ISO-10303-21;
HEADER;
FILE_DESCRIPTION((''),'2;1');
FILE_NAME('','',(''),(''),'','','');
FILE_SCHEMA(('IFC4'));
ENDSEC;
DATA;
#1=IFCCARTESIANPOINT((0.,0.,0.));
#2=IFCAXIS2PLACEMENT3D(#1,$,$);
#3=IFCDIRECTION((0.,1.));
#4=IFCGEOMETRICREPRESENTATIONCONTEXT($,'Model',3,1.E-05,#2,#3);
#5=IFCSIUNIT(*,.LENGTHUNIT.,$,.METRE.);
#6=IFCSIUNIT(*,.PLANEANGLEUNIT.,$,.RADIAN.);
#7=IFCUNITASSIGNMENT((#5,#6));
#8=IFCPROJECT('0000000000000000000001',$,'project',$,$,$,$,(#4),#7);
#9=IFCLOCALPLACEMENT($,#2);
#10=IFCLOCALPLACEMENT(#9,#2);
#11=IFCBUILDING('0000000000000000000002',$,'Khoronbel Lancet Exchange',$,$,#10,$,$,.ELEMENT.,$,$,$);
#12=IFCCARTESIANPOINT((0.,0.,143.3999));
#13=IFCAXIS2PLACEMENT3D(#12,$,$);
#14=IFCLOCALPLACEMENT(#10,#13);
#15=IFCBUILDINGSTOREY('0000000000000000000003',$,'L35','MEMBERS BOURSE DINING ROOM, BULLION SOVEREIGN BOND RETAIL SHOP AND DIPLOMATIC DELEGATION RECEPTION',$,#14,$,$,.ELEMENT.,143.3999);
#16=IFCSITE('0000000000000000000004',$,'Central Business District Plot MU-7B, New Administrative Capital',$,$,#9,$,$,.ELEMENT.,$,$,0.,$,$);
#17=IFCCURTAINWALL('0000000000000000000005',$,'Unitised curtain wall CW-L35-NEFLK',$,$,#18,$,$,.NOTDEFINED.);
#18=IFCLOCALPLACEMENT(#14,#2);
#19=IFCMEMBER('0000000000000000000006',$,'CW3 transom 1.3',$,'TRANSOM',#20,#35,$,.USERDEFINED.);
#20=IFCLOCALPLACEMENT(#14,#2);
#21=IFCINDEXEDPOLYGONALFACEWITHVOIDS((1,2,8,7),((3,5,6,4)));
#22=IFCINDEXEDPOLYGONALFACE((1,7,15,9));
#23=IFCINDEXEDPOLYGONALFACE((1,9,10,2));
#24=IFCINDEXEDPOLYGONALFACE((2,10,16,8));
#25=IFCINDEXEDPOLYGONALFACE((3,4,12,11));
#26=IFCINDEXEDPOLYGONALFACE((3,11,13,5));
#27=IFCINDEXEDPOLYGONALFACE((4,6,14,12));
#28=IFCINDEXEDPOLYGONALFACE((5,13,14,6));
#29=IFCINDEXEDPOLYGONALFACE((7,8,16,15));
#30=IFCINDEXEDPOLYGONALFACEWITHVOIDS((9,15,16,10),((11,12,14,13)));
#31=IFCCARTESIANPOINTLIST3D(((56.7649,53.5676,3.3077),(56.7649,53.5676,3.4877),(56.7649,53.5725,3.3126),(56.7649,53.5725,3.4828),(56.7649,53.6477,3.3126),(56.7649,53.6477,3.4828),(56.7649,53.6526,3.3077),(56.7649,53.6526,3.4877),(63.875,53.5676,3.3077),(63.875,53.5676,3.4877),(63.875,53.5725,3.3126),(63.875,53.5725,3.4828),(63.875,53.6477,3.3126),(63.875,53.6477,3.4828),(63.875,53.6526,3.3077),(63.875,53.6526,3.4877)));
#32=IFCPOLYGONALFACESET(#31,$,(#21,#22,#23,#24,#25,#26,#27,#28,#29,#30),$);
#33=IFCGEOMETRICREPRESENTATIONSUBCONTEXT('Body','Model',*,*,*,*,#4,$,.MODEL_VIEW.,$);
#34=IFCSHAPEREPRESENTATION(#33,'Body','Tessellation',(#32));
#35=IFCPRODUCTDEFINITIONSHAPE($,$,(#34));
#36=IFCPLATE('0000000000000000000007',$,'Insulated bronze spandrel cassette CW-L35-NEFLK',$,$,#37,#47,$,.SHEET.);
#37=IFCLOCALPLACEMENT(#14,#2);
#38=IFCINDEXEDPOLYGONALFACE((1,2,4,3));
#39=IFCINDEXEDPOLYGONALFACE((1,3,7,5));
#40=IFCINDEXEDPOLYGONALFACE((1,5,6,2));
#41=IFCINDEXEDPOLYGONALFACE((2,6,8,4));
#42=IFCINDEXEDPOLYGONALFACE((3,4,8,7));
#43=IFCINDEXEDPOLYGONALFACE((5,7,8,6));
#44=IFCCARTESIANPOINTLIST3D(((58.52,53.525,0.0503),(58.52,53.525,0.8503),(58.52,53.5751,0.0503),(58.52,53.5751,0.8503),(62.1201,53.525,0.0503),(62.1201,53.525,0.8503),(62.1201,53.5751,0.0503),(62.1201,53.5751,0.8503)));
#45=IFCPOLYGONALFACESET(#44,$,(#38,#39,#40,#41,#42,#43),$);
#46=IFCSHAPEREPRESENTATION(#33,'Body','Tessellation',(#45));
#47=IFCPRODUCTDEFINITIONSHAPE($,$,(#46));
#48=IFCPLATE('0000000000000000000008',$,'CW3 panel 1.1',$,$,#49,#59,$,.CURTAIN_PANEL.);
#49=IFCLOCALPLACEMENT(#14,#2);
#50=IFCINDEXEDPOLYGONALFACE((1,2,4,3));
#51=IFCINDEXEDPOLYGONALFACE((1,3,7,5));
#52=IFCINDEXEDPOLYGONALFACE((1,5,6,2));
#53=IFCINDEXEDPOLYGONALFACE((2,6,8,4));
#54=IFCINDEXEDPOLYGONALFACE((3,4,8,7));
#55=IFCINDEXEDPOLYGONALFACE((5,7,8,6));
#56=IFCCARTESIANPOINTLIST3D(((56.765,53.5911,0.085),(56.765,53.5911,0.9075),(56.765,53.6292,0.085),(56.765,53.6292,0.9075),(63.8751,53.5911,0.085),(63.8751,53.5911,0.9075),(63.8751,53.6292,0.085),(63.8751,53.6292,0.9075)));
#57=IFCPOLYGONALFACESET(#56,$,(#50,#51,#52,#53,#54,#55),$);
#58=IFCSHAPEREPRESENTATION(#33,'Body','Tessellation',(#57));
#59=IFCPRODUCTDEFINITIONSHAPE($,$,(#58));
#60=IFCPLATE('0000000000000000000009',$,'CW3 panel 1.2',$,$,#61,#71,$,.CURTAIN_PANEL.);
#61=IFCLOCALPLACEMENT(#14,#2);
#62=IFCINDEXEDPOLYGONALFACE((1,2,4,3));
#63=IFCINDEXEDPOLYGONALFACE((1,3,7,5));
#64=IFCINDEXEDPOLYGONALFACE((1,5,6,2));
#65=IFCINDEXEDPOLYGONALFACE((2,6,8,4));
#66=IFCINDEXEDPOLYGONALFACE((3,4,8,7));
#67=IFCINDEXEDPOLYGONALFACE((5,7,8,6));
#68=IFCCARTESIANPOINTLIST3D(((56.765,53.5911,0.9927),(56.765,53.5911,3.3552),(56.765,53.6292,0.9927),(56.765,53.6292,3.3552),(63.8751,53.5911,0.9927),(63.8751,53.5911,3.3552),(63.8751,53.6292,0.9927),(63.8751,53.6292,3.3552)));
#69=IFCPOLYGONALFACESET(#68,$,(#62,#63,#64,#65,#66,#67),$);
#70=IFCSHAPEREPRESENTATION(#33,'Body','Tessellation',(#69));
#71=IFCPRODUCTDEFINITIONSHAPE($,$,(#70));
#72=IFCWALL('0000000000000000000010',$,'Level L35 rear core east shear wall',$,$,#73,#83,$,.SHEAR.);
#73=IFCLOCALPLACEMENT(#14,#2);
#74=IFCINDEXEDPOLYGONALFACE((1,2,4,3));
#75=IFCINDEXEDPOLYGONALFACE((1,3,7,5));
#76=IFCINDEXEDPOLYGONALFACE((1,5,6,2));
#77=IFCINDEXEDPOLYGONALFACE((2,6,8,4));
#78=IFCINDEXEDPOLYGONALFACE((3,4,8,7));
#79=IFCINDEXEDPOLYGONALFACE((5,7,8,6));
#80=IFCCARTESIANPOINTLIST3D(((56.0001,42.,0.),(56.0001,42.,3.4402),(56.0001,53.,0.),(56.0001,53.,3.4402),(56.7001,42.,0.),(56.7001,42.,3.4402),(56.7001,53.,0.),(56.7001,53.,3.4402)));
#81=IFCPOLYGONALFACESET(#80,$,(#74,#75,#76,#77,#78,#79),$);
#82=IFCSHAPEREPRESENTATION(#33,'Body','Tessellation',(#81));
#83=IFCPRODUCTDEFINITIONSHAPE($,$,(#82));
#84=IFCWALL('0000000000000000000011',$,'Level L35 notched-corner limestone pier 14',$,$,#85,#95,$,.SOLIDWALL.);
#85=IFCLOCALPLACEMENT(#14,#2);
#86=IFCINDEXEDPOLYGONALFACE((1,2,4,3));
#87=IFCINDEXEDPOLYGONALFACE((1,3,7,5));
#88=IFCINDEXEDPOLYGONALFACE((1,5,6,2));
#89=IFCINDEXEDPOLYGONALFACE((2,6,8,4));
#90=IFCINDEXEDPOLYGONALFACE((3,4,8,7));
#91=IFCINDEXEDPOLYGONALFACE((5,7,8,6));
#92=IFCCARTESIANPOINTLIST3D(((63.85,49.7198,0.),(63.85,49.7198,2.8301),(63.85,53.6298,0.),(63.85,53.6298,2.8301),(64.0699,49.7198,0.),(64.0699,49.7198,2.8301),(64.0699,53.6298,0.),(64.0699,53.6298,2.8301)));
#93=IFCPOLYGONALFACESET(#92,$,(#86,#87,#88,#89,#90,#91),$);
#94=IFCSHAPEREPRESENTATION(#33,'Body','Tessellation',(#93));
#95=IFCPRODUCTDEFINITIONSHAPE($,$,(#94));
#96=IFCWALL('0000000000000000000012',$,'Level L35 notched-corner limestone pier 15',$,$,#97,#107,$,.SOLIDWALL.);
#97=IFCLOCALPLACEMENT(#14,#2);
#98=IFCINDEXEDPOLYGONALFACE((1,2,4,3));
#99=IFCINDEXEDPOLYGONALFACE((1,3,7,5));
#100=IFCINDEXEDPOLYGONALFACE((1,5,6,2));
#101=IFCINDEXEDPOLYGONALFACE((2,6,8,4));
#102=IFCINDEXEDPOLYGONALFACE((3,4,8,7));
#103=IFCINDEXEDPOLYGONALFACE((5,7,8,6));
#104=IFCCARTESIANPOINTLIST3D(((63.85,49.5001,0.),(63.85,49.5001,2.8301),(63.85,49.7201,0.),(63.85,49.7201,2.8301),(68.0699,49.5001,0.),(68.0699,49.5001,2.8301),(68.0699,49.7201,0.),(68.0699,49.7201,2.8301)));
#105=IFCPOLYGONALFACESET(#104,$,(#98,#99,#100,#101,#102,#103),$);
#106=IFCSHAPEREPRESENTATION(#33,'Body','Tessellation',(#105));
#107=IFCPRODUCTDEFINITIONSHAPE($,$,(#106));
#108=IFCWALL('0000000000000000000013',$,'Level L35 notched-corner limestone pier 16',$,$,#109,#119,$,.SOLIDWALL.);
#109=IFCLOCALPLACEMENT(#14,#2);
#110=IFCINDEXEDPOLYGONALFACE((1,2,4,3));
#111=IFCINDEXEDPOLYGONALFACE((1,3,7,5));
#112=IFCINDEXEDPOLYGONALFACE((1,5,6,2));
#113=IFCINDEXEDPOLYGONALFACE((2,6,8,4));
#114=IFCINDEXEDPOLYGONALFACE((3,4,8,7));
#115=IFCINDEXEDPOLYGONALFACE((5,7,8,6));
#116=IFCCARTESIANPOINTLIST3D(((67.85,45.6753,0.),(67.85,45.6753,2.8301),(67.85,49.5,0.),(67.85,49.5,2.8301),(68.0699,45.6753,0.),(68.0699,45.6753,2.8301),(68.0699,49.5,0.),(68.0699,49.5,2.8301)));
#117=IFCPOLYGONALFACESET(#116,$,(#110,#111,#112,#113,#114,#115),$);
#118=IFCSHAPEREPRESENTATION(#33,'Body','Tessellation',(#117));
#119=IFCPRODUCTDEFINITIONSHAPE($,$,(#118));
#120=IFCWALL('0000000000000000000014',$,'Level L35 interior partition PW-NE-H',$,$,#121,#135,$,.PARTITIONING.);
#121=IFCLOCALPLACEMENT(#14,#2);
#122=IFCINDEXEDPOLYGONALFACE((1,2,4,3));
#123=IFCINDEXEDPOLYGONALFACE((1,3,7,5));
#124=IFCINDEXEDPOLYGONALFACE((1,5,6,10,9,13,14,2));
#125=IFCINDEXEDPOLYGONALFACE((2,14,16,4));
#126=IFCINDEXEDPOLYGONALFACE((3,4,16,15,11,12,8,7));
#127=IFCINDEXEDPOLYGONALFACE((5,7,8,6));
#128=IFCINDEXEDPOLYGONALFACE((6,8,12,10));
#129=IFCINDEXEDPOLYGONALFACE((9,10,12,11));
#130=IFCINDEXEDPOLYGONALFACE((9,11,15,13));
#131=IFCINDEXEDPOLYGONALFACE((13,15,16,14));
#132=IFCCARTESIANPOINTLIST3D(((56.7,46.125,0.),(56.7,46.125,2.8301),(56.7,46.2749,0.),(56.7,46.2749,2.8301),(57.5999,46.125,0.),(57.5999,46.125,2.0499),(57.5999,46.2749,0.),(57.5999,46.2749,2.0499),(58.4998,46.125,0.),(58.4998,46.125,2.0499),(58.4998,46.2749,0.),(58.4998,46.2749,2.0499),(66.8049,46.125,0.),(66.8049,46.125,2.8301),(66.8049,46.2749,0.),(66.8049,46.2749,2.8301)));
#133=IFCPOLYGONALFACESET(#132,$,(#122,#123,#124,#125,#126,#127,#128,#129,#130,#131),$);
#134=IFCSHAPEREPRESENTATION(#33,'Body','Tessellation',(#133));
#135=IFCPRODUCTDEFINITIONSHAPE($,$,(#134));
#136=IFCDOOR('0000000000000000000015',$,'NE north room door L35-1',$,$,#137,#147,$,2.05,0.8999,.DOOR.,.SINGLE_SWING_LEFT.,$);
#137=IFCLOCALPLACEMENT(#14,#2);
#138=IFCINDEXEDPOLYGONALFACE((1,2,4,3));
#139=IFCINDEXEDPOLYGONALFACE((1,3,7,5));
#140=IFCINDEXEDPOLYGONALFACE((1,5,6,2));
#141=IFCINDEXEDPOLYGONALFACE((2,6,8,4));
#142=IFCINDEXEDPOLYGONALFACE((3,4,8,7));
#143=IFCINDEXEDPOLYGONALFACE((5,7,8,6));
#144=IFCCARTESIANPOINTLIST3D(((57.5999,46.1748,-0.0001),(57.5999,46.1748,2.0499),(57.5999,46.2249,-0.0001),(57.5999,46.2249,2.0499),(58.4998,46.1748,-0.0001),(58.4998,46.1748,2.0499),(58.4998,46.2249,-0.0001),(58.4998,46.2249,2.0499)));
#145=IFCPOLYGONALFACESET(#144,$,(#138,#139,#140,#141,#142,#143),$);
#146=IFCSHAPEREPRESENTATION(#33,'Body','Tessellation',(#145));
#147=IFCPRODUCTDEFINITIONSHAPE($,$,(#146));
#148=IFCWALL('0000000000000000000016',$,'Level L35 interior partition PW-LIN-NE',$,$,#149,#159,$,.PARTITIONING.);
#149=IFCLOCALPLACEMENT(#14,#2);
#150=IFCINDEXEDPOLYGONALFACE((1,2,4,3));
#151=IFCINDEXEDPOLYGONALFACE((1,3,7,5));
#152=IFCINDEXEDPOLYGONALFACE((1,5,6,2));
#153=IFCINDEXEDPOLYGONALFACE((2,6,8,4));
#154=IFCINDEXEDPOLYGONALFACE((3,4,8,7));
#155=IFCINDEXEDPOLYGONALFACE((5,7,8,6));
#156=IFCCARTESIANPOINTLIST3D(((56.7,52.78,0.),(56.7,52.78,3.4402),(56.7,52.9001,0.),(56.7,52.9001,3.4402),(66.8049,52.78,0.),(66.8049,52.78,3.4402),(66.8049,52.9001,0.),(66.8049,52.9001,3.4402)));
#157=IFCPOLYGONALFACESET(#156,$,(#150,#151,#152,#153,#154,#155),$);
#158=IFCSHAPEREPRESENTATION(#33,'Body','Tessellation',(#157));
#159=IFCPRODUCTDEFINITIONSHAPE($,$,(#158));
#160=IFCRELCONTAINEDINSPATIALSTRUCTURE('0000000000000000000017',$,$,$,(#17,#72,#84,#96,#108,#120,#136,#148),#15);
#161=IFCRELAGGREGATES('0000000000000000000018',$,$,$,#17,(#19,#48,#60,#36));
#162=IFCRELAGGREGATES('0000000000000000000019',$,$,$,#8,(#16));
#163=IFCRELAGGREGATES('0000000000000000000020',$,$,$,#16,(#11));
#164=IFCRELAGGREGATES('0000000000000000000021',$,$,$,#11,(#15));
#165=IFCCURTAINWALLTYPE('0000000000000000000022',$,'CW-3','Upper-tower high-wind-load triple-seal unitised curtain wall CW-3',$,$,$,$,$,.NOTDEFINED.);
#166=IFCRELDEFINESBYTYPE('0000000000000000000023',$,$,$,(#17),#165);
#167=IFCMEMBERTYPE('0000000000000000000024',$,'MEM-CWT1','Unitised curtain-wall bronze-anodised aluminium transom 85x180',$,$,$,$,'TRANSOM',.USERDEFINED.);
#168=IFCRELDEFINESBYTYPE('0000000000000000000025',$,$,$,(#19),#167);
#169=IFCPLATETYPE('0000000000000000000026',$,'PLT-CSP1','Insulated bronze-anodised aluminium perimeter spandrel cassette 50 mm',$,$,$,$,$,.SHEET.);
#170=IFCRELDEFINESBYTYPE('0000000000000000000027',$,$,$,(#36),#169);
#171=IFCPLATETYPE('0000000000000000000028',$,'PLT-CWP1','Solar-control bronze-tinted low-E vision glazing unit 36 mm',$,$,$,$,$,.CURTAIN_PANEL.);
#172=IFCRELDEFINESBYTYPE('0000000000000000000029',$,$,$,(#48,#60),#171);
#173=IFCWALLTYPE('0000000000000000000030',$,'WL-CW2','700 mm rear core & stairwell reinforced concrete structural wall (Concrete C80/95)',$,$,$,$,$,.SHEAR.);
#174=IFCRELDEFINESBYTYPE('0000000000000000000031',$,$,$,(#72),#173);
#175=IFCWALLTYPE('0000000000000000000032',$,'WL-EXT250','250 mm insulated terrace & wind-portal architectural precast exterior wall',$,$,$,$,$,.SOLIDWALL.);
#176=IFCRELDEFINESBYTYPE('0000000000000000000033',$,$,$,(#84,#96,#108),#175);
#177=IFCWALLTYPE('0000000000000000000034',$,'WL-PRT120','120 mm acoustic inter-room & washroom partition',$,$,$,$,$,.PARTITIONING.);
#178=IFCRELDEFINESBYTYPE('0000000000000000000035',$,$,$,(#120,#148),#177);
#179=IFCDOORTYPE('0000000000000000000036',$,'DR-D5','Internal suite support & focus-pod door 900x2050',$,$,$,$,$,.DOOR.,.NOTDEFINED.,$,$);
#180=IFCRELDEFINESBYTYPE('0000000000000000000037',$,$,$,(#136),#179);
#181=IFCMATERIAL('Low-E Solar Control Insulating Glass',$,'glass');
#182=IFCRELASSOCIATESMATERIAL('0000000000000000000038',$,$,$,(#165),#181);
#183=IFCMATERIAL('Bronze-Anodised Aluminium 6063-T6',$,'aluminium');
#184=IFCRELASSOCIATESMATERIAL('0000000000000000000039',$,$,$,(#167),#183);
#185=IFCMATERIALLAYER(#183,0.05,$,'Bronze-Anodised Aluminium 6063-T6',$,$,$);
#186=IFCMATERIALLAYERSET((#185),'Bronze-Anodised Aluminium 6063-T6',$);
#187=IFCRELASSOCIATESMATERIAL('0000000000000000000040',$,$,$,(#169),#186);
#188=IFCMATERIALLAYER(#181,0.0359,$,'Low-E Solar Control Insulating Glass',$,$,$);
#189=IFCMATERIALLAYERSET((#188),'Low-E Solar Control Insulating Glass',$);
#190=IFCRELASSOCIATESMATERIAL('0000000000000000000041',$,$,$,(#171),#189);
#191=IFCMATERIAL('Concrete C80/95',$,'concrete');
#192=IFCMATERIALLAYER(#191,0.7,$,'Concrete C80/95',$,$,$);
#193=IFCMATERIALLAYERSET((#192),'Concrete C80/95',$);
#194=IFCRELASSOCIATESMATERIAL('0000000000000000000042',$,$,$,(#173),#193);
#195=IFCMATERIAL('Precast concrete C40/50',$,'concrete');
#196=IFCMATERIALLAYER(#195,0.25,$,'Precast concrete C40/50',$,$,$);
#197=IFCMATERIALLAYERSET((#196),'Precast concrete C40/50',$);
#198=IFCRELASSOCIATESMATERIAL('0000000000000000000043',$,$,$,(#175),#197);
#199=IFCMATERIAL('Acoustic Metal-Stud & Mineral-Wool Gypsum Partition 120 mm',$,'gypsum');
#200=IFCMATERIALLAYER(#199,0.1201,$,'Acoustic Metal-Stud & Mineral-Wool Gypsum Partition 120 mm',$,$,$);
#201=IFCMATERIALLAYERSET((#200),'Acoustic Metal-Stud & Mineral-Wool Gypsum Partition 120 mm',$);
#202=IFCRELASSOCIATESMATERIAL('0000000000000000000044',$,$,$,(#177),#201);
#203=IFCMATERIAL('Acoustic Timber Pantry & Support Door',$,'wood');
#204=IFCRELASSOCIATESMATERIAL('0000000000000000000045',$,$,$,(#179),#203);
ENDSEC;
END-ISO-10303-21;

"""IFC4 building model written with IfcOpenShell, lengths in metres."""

from ifc_helpers import new_model, si_unit, direction, frame, frame_2d, origin, origin_2d, place, context, subcontext, project, spatial, rectangle, hollow_rectangle, extrude, material, layer, layer_set, material_profile, profile_set, type_object, element, fill, aggregate, save


model = new_model("IFC4")

# Units and contexts
model_context = context("Model", 3, precision=1e-05, world=origin(), true_north=direction((0.0, 1.0)))
body_context = subcontext(model_context, "Body", "Model", "MODEL_VIEW")
ifc_project = project(units=[si_unit("LENGTHUNIT", "METRE"), si_unit("PLANEANGLEUNIT", "RADIAN")], contexts=[model_context])

# Site, building, storey
site_placement = place(None, origin())
site = spatial("IfcSite", under=ifc_project, at=site_placement, Name="Central Business District Plot MU-7B, New Administrative Capital", CompositionType="ELEMENT", RefElevation=0.0)
building_placement = place(site_placement, origin())
building = spatial("IfcBuilding", under=site, at=building_placement, Name="Khoronbel Lancet Exchange", CompositionType="ELEMENT")
storey_placement = place(building_placement, frame((0.0, 0.0, 143.3999)))
storey = spatial("IfcBuildingStorey", under=building, at=storey_placement, Name="L35", Description="MEMBERS BOURSE DINING ROOM, BULLION SOVEREIGN BOND RETAIL SHOP AND DIPLOMATIC DELEGATION RECEPTION", CompositionType="ELEMENT", Elevation=143.3999)

# Curtain wall, member, plates
ifc_material_1 = material(Name="Low-E Solar Control Insulating Glass", Category="glass")
curtain_wall_type = type_object("IfcCurtainWallType", Name="CW-3", Description="Upper-tower high-wind-load triple-seal unitised curtain wall CW-3", PredefinedType="NOTDEFINED", material=ifc_material_1)
curtain_wall_placement = place(storey_placement, origin())
curtain_wall = element("IfcCurtainWall", 1, at=curtain_wall_placement, inside=storey, type_object=curtain_wall_type, Name="Unitised curtain wall CW-L35-NEFLK", PredefinedType="NOTDEFINED")
ifc_material_2 = material(Name="Bronze-Anodised Aluminium 6063-T6", Category="aluminium")
ifc_material_profile_1 = material_profile(ifc_material_2, hollow_rectangle(XDim=0.085, YDim=0.1799, WallThickness=0.0049, at=origin_2d()), Name="ALU TRANSOM 85x180")
ifc_profile_set_1 = profile_set([ifc_material_profile_1], Name="Bronze-Anodised Aluminium 6063-T6")
member_type_1 = type_object("IfcMemberType", Name="MEM-CWT1", Description="Unitised curtain-wall bronze-anodised aluminium transom 85x180", ElementType="TRANSOM", PredefinedType="USERDEFINED", material=ifc_profile_set_1)
member_1_placement = place(storey_placement, frame((63.875, 53.6101, 3.3977), z_axis=(-1.0, 0.0, 0.0), x_axis=(0.0, -1.0, 0.0)))
member_1 = element("IfcMember", 2, at=member_1_placement, type_object=member_type_1, Name="CW3 transom 1.3", ObjectType="TRANSOM", PredefinedType="USERDEFINED", context=body_context, shape_type="SweptSolid", body=[
    extrude(hollow_rectangle(XDim=0.085, YDim=0.1799, WallThickness=0.0049, at=origin_2d()), origin(), (0.0, 0.0, 1.0), 7.1101),
])
ifc_layer_1 = layer(ifc_material_2, 0.05, Name="Bronze-Anodised Aluminium 6063-T6")
ifc_layer_set_1 = layer_set([ifc_layer_1], Name="Bronze-Anodised Aluminium 6063-T6")
plate_type_1 = type_object("IfcPlateType", Name="PLT-CSP1", Description="Insulated bronze-anodised aluminium perimeter spandrel cassette 50 mm", PredefinedType="SHEET", material=ifc_layer_set_1)
plate_1_placement = place(storey_placement, frame((60.3201, 53.55, 0.0503), z_axis=(0.0, 0.0, 1.0), x_axis=(-1.0, 0.0, 0.0)))
plate_1 = element("IfcPlate", 3, at=plate_1_placement, type_object=plate_type_1, Name="Insulated bronze spandrel cassette CW-L35-NEFLK", PredefinedType="SHEET", context=body_context, shape_type="SweptSolid", body=[
    extrude(rectangle(XDim=3.6001, YDim=0.05, at=origin_2d()), origin(), (0.0, 0.0, 1.0), 0.8),
])
ifc_layer_2 = layer(ifc_material_1, 0.0359, Name="Low-E Solar Control Insulating Glass")
ifc_layer_set_2 = layer_set([ifc_layer_2], Name="Low-E Solar Control Insulating Glass")
plate_type_2 = type_object("IfcPlateType", Name="PLT-CWP1", Description="Solar-control bronze-tinted low-E vision glazing unit 36 mm", PredefinedType="CURTAIN_PANEL", material=ifc_layer_set_2)
plate_2_placement = place(storey_placement, frame((60.3201, 53.6101, 0.085), z_axis=(0.0, 0.0, 1.0), x_axis=(-1.0, 0.0, 0.0)))
plate_2 = element("IfcPlate", 4, at=plate_2_placement, type_object=plate_type_2, Name="CW3 panel 1.1", PredefinedType="CURTAIN_PANEL", context=body_context, shape_type="SweptSolid", body=[
    extrude(rectangle(XDim=7.1101, YDim=0.0381, at=origin_2d()), origin(), (0.0, 0.0, 1.0), 0.8225),
])
plate_3_placement = place(storey_placement, frame((60.3201, 53.6101, 0.9927), z_axis=(0.0, 0.0, 1.0), x_axis=(-1.0, 0.0, 0.0)))
plate_3 = element("IfcPlate", 5, at=plate_3_placement, type_object=plate_type_2, Name="CW3 panel 1.2", PredefinedType="CURTAIN_PANEL", context=body_context, shape_type="SweptSolid", body=[
    extrude(rectangle(XDim=7.1101, YDim=0.0381, at=origin_2d()), origin(), (0.0, 0.0, 1.0), 2.3625),
])
aggregate(curtain_wall, [member_1, plate_2, plate_3, plate_1])

# Walls
ifc_material_3 = material(Name="Concrete C80/95", Category="concrete")
ifc_layer_3 = layer(ifc_material_3, 0.7, Name="Concrete C80/95")
ifc_layer_set_3 = layer_set([ifc_layer_3], Name="Concrete C80/95")
wall_type_1 = type_object("IfcWallType", Name="WL-CW2", Description="700 mm rear core & stairwell reinforced concrete structural wall (Concrete C80/95)", PredefinedType="SHEAR", material=ifc_layer_set_3)
wall_1_placement = place(storey_placement, frame((56.3501, 53.0, 0.0), z_axis=(0.0, 0.0, 1.0), x_axis=(0.0, -1.0, 0.0)))
element("IfcWall", 6, at=wall_1_placement, inside=storey, type_object=wall_type_1, Name="Level L35 rear core east shear wall", PredefinedType="SHEAR", context=body_context, shape_type="SweptSolid", body=[
    extrude(rectangle(XDim=11.0, YDim=0.7, at=frame_2d((5.5, 0.0))), origin(), (0.0, 0.0, 1.0), 3.4402),
])
ifc_material_4 = material(Name="Precast concrete C40/50", Category="concrete")
ifc_layer_4 = layer(ifc_material_4, 0.25, Name="Precast concrete C40/50")
ifc_layer_set_4 = layer_set([ifc_layer_4], Name="Precast concrete C40/50")
wall_type_2 = type_object("IfcWallType", Name="WL-EXT250", Description="250 mm insulated terrace & wind-portal architectural precast exterior wall", PredefinedType="SOLIDWALL", material=ifc_layer_set_4)
wall_2_placement = place(storey_placement, frame((63.96, 53.6299, 0.0), z_axis=(0.0, 0.0, 1.0), x_axis=(0.0, -1.0, 0.0)))
element("IfcWall", 7, at=wall_2_placement, inside=storey, type_object=wall_type_2, Name="Level L35 notched-corner limestone pier 14", PredefinedType="SOLIDWALL", context=body_context, shape_type="SweptSolid", body=[
    extrude(rectangle(XDim=3.9099, YDim=0.22, at=frame_2d((1.9551, 0.0))), origin(), (0.0, 0.0, 1.0), 2.8301),
])
wall_3_placement = place(storey_placement, frame((63.8501, 49.6101, 0.0), z_axis=(0.0, 0.0, 1.0), x_axis=(1.0, 0.0, 0.0)))
element("IfcWall", 8, at=wall_3_placement, inside=storey, type_object=wall_type_2, Name="Level L35 notched-corner limestone pier 15", PredefinedType="SOLIDWALL", context=body_context, shape_type="SweptSolid", body=[
    extrude(rectangle(XDim=4.22, YDim=0.22, at=frame_2d((2.1099, 0.0))), origin(), (0.0, 0.0, 1.0), 2.8301),
])
wall_4_placement = place(storey_placement, frame((67.96, 49.5, 0.0), z_axis=(0.0, 0.0, 1.0), x_axis=(0.0, -1.0, 0.0)))
element("IfcWall", 9, at=wall_4_placement, inside=storey, type_object=wall_type_2, Name="Level L35 notched-corner limestone pier 16", PredefinedType="SOLIDWALL", context=body_context, shape_type="SweptSolid", body=[
    extrude(rectangle(XDim=3.8247, YDim=0.22, at=frame_2d((1.9124, 0.0))), origin(), (0.0, 0.0, 1.0), 2.8301),
])

# Wall, opening, door
ifc_material_5 = material(Name="Acoustic Metal-Stud & Mineral-Wool Gypsum Partition 120 mm", Category="gypsum")
ifc_layer_5 = layer(ifc_material_5, 0.1201, Name="Acoustic Metal-Stud & Mineral-Wool Gypsum Partition 120 mm")
ifc_layer_set_5 = layer_set([ifc_layer_5], Name="Acoustic Metal-Stud & Mineral-Wool Gypsum Partition 120 mm")
wall_type_3 = type_object("IfcWallType", Name="WL-PRT120", Description="120 mm acoustic inter-room & washroom partition", PredefinedType="PARTITIONING", material=ifc_layer_set_5)
wall_5_placement = place(storey_placement, frame((56.7, 46.2, 0.0), z_axis=(0.0, 0.0, 1.0), x_axis=(1.0, 0.0, 0.0)))
wall_5 = element("IfcWall", 10, at=wall_5_placement, inside=storey, type_object=wall_type_3, Name="Level L35 interior partition PW-NE-H", PredefinedType="PARTITIONING", context=body_context, shape_type="SweptSolid", body=[
    extrude(rectangle(XDim=10.105, YDim=0.1499, at=frame_2d((5.0525, 0.0))), origin(), (0.0, 0.0, 1.0), 2.8301),
])
opening_placement = place(wall_5_placement, frame((0.8999, 0.0, 0.0)))
opening = element("IfcOpeningElement", 11, at=opening_placement, cuts=wall_5, PredefinedType="OPENING", context=body_context, shape_type="SweptSolid", body=[
    extrude(rectangle(XDim=0.8999, YDim=2.05, at=frame_2d((0.45, 1.0249))), frame((0.0, 0.085, 0.0), z_axis=(0.0, -1.0, 0.0), x_axis=(1.0, 0.0, 0.0)), (0.0, 0.0, 1.0), 0.1699),
])
ifc_material_6 = material(Name="Acoustic Timber Pantry & Support Door", Category="wood")
door_type = type_object("IfcDoorType", Name="DR-D5", Description="Internal suite support & focus-pod door 900x2050", OperationType="NOTDEFINED", PredefinedType="DOOR", material=ifc_material_6)
door_placement = place(opening_placement, origin())
door = element("IfcDoor", 12, at=door_placement, inside=storey, type_object=door_type, Name="NE north room door L35-1", OperationType="SINGLE_SWING_LEFT", OverallHeight=2.05, OverallWidth=0.8999, PredefinedType="DOOR", context=body_context, shape_type="SweptSolid", body=[
    extrude(rectangle(XDim=0.8999, YDim=2.05, at=frame_2d((0.45, 1.0249))), frame((0.0, 0.0249, 0.0), z_axis=(0.0, -1.0, 0.0), x_axis=(1.0, 0.0, 0.0)), (0.0, 0.0, 1.0), 0.05),
])
fill(opening, door)

# Wall
wall_6_placement = place(storey_placement, frame((56.7, 52.8401, 0.0), z_axis=(0.0, 0.0, 1.0), x_axis=(1.0, 0.0, 0.0)))
element("IfcWall", 13, at=wall_6_placement, inside=storey, type_object=wall_type_3, Name="Level L35 interior partition PW-LIN-NE", PredefinedType="PARTITIONING", context=body_context, shape_type="SweptSolid", body=[
    extrude(rectangle(XDim=10.105, YDim=0.1201, at=frame_2d((5.0525, 0.0))), origin(), (0.0, 0.0, 1.0), 3.4402),
])

save(model, "model.ifc")
